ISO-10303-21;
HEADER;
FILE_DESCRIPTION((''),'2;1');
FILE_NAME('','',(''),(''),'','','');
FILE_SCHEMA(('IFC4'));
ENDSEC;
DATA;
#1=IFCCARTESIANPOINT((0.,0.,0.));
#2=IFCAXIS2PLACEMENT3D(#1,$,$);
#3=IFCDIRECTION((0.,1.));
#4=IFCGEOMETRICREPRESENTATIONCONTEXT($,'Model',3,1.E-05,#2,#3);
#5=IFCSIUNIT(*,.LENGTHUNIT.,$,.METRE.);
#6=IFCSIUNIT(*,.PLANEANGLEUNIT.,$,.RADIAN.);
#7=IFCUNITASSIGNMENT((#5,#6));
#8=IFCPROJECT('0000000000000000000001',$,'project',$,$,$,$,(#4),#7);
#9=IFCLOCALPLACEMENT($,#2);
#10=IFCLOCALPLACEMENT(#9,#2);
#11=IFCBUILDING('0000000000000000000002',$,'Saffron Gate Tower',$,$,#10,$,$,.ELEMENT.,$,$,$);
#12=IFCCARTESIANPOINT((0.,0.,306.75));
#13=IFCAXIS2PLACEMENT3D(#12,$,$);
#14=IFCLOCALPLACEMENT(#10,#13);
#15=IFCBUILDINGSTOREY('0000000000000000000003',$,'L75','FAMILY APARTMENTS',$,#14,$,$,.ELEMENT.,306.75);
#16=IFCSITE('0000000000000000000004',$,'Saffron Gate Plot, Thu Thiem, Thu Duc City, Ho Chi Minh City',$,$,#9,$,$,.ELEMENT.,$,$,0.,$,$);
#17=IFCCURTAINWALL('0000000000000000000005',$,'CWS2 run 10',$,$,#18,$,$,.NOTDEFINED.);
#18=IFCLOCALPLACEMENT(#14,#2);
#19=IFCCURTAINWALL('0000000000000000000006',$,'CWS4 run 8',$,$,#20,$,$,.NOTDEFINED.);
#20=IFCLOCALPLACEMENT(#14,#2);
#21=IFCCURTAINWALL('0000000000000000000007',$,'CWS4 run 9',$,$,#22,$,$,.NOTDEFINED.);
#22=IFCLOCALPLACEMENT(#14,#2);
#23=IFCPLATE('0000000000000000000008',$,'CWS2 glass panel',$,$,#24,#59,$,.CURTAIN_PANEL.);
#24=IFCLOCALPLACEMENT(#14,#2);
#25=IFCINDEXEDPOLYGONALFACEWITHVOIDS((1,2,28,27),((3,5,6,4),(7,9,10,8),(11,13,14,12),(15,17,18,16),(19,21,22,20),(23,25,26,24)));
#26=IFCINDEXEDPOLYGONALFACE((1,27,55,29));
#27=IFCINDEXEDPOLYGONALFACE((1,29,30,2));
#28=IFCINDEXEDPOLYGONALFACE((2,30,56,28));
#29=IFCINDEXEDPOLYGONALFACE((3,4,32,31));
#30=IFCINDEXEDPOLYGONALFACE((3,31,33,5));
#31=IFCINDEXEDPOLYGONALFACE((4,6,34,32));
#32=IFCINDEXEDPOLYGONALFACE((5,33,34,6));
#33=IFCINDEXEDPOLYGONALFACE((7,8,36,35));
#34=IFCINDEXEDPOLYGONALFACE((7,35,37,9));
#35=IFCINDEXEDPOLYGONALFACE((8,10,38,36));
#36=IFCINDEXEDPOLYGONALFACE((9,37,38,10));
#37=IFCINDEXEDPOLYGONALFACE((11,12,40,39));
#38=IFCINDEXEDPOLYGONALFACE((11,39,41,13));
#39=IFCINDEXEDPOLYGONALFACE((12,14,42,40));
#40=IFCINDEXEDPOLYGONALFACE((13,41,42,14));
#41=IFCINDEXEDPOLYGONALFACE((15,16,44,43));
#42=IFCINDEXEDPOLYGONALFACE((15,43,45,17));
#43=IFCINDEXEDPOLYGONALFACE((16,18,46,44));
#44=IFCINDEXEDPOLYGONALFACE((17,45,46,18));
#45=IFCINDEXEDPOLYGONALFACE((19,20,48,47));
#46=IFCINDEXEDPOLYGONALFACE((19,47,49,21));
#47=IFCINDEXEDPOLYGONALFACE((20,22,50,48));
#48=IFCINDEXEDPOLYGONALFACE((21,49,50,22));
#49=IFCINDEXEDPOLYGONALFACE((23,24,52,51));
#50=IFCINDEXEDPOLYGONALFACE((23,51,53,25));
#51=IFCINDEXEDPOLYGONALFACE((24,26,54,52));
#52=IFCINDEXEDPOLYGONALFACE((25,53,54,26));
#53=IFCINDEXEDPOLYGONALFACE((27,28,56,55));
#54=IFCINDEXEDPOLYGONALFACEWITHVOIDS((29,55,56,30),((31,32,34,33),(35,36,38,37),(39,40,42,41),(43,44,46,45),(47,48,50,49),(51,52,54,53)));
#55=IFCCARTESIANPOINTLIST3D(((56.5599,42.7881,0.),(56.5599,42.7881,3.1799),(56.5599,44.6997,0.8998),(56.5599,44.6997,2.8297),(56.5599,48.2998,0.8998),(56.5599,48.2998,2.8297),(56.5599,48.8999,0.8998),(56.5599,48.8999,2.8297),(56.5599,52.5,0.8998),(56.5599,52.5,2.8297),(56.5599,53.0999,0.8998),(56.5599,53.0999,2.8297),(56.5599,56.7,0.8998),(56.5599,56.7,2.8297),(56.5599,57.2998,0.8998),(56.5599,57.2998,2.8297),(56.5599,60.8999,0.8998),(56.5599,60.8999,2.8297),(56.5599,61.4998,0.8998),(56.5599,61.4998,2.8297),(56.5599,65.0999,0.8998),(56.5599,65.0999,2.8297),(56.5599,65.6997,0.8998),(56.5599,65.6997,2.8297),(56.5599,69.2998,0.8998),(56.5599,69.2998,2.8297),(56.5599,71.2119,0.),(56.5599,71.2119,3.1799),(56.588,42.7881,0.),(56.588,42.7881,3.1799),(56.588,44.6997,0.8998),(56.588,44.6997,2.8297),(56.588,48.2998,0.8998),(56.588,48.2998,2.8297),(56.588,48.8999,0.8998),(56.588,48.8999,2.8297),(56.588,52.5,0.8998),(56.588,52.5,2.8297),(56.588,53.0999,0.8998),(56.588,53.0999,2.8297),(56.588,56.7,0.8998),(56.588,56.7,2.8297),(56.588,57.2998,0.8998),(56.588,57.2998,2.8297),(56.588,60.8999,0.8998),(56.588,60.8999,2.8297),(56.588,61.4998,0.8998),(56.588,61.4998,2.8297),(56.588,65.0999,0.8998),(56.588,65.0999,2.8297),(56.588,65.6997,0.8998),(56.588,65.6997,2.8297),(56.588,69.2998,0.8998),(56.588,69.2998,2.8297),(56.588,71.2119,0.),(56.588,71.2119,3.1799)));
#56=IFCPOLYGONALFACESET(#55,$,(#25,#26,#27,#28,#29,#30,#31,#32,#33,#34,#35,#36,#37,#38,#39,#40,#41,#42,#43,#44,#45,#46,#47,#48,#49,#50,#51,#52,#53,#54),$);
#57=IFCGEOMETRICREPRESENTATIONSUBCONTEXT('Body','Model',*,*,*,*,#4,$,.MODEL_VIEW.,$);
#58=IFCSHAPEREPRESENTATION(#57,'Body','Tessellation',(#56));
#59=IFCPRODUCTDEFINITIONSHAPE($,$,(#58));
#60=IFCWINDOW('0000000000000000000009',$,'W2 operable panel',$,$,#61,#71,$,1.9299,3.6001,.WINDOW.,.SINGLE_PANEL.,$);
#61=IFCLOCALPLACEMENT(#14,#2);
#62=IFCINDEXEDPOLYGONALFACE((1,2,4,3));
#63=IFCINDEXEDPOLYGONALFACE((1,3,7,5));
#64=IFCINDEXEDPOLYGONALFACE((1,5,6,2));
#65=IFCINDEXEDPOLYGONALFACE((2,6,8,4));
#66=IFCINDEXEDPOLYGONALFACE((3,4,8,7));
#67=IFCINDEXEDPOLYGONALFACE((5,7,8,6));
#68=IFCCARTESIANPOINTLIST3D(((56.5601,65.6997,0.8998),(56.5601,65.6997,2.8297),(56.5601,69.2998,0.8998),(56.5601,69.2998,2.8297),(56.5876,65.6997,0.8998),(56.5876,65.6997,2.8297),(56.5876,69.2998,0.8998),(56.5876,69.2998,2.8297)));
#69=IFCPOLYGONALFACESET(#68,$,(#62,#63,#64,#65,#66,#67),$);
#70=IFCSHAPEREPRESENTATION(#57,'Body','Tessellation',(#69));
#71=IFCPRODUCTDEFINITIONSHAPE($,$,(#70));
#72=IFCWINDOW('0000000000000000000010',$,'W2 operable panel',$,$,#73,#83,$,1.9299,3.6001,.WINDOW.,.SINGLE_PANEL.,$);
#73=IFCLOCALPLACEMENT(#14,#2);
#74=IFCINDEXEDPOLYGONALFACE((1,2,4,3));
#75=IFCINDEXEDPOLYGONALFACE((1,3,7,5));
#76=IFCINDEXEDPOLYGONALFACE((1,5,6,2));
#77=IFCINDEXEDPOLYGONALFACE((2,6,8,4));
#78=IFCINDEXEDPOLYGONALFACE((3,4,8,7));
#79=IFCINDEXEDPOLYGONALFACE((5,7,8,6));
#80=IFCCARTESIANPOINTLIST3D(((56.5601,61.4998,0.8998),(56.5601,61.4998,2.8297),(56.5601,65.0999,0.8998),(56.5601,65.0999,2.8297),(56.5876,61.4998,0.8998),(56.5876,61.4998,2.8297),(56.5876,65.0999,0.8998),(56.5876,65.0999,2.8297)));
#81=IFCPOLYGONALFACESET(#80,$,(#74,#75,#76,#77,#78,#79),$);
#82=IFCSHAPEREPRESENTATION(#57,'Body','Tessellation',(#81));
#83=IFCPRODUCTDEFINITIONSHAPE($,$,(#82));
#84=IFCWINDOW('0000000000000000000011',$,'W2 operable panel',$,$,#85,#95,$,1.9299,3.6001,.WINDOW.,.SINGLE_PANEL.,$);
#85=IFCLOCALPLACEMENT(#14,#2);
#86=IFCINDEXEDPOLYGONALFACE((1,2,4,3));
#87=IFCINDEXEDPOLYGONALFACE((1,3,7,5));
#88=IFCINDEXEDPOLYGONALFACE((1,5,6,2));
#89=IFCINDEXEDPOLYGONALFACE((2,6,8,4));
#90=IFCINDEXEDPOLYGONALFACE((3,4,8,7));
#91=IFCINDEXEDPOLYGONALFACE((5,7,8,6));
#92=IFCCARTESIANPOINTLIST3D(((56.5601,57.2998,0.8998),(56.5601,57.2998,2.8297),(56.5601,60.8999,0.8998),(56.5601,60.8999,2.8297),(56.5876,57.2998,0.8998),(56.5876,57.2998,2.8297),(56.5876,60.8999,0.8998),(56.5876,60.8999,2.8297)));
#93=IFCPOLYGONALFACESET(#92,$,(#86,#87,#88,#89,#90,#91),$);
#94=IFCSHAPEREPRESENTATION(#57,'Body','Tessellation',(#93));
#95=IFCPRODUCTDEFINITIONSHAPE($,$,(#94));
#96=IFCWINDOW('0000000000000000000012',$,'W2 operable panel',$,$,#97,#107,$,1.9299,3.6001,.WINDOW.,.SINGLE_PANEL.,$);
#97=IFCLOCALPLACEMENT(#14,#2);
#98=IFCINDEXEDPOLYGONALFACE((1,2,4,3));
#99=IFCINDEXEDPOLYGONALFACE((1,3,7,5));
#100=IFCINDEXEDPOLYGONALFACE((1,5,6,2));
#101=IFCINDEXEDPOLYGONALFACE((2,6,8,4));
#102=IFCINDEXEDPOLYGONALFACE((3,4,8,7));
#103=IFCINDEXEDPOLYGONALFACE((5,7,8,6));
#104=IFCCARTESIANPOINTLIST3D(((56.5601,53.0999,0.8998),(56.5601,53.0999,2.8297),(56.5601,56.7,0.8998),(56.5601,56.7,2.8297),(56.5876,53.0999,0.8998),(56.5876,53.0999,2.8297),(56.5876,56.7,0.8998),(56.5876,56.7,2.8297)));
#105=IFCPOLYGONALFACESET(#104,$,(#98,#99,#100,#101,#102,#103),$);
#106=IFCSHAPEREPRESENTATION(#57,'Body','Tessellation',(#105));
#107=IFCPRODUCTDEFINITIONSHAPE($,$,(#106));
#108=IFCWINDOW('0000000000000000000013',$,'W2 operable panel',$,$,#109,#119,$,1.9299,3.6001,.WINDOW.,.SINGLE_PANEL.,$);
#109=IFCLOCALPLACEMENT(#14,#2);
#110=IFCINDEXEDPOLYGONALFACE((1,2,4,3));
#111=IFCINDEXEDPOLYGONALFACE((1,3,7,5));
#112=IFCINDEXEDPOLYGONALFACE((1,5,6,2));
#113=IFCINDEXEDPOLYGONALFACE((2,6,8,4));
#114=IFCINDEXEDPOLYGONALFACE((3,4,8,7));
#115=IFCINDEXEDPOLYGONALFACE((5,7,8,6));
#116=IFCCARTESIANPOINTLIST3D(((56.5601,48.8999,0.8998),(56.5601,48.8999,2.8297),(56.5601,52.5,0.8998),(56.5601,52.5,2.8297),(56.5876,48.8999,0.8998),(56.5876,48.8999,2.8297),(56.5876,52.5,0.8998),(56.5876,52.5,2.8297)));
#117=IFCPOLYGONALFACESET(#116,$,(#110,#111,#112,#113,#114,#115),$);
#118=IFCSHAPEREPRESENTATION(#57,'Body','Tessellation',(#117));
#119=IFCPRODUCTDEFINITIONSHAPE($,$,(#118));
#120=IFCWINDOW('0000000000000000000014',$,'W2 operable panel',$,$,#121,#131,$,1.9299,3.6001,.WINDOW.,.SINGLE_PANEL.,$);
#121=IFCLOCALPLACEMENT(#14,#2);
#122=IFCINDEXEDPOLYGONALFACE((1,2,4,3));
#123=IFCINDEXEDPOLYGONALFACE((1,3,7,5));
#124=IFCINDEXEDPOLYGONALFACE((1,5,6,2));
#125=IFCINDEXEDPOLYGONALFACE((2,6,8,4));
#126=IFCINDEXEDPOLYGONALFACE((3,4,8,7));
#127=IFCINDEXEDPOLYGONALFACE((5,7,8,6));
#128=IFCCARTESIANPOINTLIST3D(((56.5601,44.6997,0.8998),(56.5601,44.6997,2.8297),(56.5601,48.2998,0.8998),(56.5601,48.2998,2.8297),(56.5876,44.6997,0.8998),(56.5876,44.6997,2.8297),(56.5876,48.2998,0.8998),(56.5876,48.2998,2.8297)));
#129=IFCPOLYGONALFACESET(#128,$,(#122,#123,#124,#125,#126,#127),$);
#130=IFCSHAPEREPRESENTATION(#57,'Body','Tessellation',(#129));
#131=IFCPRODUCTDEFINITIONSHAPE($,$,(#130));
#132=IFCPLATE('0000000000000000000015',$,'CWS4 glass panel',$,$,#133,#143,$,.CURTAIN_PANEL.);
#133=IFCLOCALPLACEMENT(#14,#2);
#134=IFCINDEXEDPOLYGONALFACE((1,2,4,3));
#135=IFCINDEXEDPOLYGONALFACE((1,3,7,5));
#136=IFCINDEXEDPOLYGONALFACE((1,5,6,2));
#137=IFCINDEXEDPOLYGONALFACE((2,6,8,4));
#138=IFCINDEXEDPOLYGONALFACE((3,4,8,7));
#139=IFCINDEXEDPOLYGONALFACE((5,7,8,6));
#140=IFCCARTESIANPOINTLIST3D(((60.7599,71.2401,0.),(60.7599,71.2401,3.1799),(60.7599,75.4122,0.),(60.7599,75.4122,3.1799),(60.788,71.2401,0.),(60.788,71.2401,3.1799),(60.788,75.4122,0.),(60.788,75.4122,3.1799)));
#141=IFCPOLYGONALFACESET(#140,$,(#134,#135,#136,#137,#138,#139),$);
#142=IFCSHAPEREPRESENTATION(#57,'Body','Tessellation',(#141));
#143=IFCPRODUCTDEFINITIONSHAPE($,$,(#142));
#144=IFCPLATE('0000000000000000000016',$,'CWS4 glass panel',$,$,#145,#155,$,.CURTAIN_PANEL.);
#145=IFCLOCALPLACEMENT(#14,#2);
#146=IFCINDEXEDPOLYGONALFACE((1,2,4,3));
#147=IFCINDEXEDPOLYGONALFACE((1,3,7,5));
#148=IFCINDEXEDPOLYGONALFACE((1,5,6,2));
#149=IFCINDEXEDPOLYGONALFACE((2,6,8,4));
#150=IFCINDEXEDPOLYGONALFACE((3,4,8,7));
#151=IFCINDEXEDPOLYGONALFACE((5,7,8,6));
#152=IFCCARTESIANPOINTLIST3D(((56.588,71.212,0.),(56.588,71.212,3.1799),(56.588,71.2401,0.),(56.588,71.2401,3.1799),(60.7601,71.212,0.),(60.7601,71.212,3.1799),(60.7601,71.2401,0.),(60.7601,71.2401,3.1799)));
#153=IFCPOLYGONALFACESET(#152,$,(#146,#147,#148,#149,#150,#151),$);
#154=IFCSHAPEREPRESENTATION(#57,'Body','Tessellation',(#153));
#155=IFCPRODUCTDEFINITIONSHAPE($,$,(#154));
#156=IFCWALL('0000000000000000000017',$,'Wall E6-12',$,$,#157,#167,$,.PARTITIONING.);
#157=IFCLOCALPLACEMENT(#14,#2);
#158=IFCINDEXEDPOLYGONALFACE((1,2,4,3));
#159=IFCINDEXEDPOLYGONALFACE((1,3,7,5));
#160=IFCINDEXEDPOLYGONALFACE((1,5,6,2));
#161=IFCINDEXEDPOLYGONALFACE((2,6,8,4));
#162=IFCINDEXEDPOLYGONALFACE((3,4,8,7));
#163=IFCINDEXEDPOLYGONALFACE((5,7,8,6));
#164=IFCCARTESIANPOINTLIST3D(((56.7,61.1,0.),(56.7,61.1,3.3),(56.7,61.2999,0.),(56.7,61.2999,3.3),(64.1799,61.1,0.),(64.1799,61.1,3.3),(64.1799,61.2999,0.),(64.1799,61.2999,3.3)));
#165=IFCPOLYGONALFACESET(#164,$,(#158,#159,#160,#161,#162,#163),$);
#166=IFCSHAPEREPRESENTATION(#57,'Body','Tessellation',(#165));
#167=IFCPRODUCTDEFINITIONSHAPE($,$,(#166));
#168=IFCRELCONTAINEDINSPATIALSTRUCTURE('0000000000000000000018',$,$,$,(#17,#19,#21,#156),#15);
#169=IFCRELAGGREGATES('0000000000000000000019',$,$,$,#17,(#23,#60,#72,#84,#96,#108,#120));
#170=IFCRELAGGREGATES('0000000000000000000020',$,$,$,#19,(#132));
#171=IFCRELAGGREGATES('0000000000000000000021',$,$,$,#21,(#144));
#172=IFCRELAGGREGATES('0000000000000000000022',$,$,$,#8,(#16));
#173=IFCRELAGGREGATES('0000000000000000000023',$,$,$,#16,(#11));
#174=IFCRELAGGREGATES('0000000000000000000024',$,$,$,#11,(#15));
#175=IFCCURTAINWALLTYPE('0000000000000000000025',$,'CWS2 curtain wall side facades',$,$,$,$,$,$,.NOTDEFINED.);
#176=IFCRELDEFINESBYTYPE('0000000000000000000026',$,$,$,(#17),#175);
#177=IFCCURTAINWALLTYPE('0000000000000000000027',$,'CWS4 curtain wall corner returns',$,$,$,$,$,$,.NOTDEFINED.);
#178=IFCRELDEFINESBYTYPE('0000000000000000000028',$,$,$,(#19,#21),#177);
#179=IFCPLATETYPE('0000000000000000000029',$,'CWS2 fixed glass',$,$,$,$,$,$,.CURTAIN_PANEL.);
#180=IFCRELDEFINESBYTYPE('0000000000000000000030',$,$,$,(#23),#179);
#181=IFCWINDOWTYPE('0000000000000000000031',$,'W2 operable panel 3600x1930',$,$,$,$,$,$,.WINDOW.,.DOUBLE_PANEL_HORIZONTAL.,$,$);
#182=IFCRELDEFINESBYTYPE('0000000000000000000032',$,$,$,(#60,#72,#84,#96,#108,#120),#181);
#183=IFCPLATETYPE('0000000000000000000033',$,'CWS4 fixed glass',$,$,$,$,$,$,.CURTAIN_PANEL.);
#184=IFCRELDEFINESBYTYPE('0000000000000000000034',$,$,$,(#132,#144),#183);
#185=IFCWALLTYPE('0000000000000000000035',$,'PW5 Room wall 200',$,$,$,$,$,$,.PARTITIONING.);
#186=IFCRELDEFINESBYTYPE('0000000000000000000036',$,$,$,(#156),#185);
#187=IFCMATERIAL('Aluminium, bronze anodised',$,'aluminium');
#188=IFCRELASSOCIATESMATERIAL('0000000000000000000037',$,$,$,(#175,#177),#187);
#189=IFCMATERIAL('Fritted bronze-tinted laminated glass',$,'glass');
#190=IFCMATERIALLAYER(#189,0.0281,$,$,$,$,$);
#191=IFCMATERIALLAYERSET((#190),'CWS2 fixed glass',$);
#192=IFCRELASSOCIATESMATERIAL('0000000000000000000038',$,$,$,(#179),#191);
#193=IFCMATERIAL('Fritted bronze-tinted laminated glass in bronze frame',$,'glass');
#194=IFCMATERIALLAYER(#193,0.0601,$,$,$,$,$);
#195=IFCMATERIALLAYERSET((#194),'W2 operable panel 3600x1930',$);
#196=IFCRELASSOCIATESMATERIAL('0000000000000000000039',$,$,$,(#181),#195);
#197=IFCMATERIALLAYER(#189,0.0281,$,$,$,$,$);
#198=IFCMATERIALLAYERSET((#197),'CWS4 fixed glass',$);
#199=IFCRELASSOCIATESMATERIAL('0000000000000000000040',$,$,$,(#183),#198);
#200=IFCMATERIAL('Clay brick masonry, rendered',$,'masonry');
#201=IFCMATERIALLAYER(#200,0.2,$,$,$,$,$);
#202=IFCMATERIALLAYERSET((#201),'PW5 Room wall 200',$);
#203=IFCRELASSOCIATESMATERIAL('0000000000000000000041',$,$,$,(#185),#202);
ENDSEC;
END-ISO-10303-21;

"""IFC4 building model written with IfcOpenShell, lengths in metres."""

from ifc_helpers import new_model, si_unit, direction, frame, frame_2d, origin, place, context, subcontext, project, spatial, rectangle, extrude, material, layer, layer_set, type_object, element, fill, aggregate, save


model = new_model("IFC4")

# Units and contexts
model_context = context("Model", 3, precision=1e-05, world=origin(), true_north=direction((0.0, 1.0)))
body_context = subcontext(model_context, "Body", "Model", "MODEL_VIEW")
ifc_project = project(units=[si_unit("LENGTHUNIT", "METRE"), si_unit("PLANEANGLEUNIT", "RADIAN")], contexts=[model_context])

# Site, building, storey
site_placement = place(None, origin())
site = spatial("IfcSite", under=ifc_project, at=site_placement, Name="Saffron Gate Plot, Thu Thiem, Thu Duc City, Ho Chi Minh City", CompositionType="ELEMENT", RefElevation=0.0)
building_placement = place(site_placement, origin())
building = spatial("IfcBuilding", under=site, at=building_placement, Name="Saffron Gate Tower", CompositionType="ELEMENT")
storey_placement = place(building_placement, frame((0.0, 0.0, 306.75)))
storey = spatial("IfcBuildingStorey", under=building, at=storey_placement, Name="L75", Description="FAMILY APARTMENTS", CompositionType="ELEMENT", Elevation=306.75)

# Curtain wall
ifc_material_1 = material(Name="Aluminium, bronze anodised", Category="aluminium")
curtain_wall_type_1 = type_object("IfcCurtainWallType", Name="CWS2 curtain wall side facades", PredefinedType="NOTDEFINED", material=ifc_material_1)
curtain_wall_1_placement = place(storey_placement, origin())
curtain_wall_1 = element("IfcCurtainWall", 1, at=curtain_wall_1_placement, inside=storey, type_object=curtain_wall_type_1, Name="CWS2 run 10", PredefinedType="NOTDEFINED")

# Curtain walls
curtain_wall_type_2 = type_object("IfcCurtainWallType", Name="CWS4 curtain wall corner returns", PredefinedType="NOTDEFINED", material=ifc_material_1)
curtain_wall_2_placement = place(storey_placement, origin())
curtain_wall_2 = element("IfcCurtainWall", 2, at=curtain_wall_2_placement, inside=storey, type_object=curtain_wall_type_2, Name="CWS4 run 8", PredefinedType="NOTDEFINED")
curtain_wall_3_placement = place(storey_placement, origin())
curtain_wall_3 = element("IfcCurtainWall", 3, at=curtain_wall_3_placement, inside=storey, type_object=curtain_wall_type_2, Name="CWS4 run 9", PredefinedType="NOTDEFINED")

# Plate, openings, windows
ifc_material_2 = material(Name="Fritted bronze-tinted laminated glass", Category="glass")
ifc_layer_1 = layer(ifc_material_2, 0.0281)
ifc_layer_set_1 = layer_set([ifc_layer_1], Name="CWS2 fixed glass")
plate_type_1 = type_object("IfcPlateType", Name="CWS2 fixed glass", PredefinedType="CURTAIN_PANEL", material=ifc_layer_set_1)
plate_1_placement = place(storey_placement, frame((56.574, 71.2119, 0.0), z_axis=(0.0, 0.0, 1.0), x_axis=(0.0, -1.0, 0.0)))
plate_1 = element("IfcPlate", 4, at=plate_1_placement, type_object=plate_type_1, Name="CWS2 glass panel", PredefinedType="CURTAIN_PANEL", context=body_context, shape_type="SweptSolid", body=[
    extrude(rectangle(XDim=28.4238, YDim=0.0281, at=frame_2d((14.2119, 0.0))), origin(), (0.0, 0.0, 1.0), 3.1799),
])
opening_1_placement = place(plate_1_placement, frame((1.9121, 0.0, 0.8999)))
opening_1 = element("IfcOpeningElement", 5, at=opening_1_placement, cuts=plate_1, PredefinedType="OPENING", context=body_context, shape_type="SweptSolid", body=[
    extrude(rectangle(XDim=3.6001, YDim=1.9299, at=frame_2d((1.8, 0.9648))), frame((0.0, 0.0239, 0.0), z_axis=(0.0, -1.0, 0.0), x_axis=(1.0, 0.0, 0.0)), (0.0, 0.0, 1.0), 0.0481),
])
opening_2_placement = place(plate_1_placement, frame((6.1121, 0.0, 0.8999)))
opening_2 = element("IfcOpeningElement", 6, at=opening_2_placement, cuts=plate_1, PredefinedType="OPENING", context=body_context, shape_type="SweptSolid", body=[
    extrude(rectangle(XDim=3.6001, YDim=1.9299, at=frame_2d((1.8, 0.9648))), frame((0.0, 0.0239, 0.0), z_axis=(0.0, -1.0, 0.0), x_axis=(1.0, 0.0, 0.0)), (0.0, 0.0, 1.0), 0.0481),
])
opening_3_placement = place(plate_1_placement, frame((10.312, 0.0, 0.8999)))
opening_3 = element("IfcOpeningElement", 7, at=opening_3_placement, cuts=plate_1, PredefinedType="OPENING", context=body_context, shape_type="SweptSolid", body=[
    extrude(rectangle(XDim=3.6001, YDim=1.9299, at=frame_2d((1.8, 0.9648))), frame((0.0, 0.0239, 0.0), z_axis=(0.0, -1.0, 0.0), x_axis=(1.0, 0.0, 0.0)), (0.0, 0.0, 1.0), 0.0481),
])
opening_4_placement = place(plate_1_placement, frame((14.512, 0.0, 0.8999)))
opening_4 = element("IfcOpeningElement", 8, at=opening_4_placement, cuts=plate_1, PredefinedType="OPENING", context=body_context, shape_type="SweptSolid", body=[
    extrude(rectangle(XDim=3.6001, YDim=1.9299, at=frame_2d((1.8, 0.9648))), frame((0.0, 0.0239, 0.0), z_axis=(0.0, -1.0, 0.0), x_axis=(1.0, 0.0, 0.0)), (0.0, 0.0, 1.0), 0.0481),
])
opening_5_placement = place(plate_1_placement, frame((18.7119, 0.0, 0.8999)))
opening_5 = element("IfcOpeningElement", 9, at=opening_5_placement, cuts=plate_1, PredefinedType="OPENING", context=body_context, shape_type="SweptSolid", body=[
    extrude(rectangle(XDim=3.6001, YDim=1.9299, at=frame_2d((1.8, 0.9648))), frame((0.0, 0.0239, 0.0), z_axis=(0.0, -1.0, 0.0), x_axis=(1.0, 0.0, 0.0)), (0.0, 0.0, 1.0), 0.0481),
])
opening_6_placement = place(plate_1_placement, frame((22.9121, 0.0, 0.8999)))
opening_6 = element("IfcOpeningElement", 10, at=opening_6_placement, cuts=plate_1, PredefinedType="OPENING", context=body_context, shape_type="SweptSolid", body=[
    extrude(rectangle(XDim=3.6001, YDim=1.9299, at=frame_2d((1.8, 0.9648))), frame((0.0, 0.0239, 0.0), z_axis=(0.0, -1.0, 0.0), x_axis=(1.0, 0.0, 0.0)), (0.0, 0.0, 1.0), 0.0481),
])
ifc_material_3 = material(Name="Fritted bronze-tinted laminated glass in bronze frame", Category="glass")
ifc_layer_2 = layer(ifc_material_3, 0.0601)
ifc_layer_set_2 = layer_set([ifc_layer_2], Name="W2 operable panel 3600x1930")
window_type = type_object("IfcWindowType", Name="W2 operable panel 3600x1930", PartitioningType="DOUBLE_PANEL_HORIZONTAL", PredefinedType="WINDOW", material=ifc_layer_set_2)
window_1_placement = place(opening_1_placement, origin())
window_1 = element("IfcWindow", 11, at=window_1_placement, type_object=window_type, Name="W2 operable panel", OverallHeight=1.9299, OverallWidth=3.6001, PartitioningType="SINGLE_PANEL", PredefinedType="WINDOW", context=body_context, shape_type="SweptSolid", body=[
    extrude(rectangle(XDim=3.6001, YDim=1.9299, at=frame_2d((1.8, 0.9648))), frame((0.0, 0.0137, 0.0), z_axis=(0.0, -1.0, 0.0), x_axis=(1.0, 0.0, 0.0)), (0.0, 0.0, 1.0), 0.0276),
])
fill(opening_1, window_1)
window_2_placement = place(opening_2_placement, origin())
window_2 = element("IfcWindow", 12, at=window_2_placement, type_object=window_type, Name="W2 operable panel", OverallHeight=1.9299, OverallWidth=3.6001, PartitioningType="SINGLE_PANEL", PredefinedType="WINDOW", context=body_context, shape_type="SweptSolid", body=[
    extrude(rectangle(XDim=3.6001, YDim=1.9299, at=frame_2d((1.8, 0.9648))), frame((0.0, 0.0137, 0.0), z_axis=(0.0, -1.0, 0.0), x_axis=(1.0, 0.0, 0.0)), (0.0, 0.0, 1.0), 0.0276),
])
fill(opening_2, window_2)
window_3_placement = place(opening_3_placement, origin())
window_3 = element("IfcWindow", 13, at=window_3_placement, type_object=window_type, Name="W2 operable panel", OverallHeight=1.9299, OverallWidth=3.6001, PartitioningType="SINGLE_PANEL", PredefinedType="WINDOW", context=body_context, shape_type="SweptSolid", body=[
    extrude(rectangle(XDim=3.6001, YDim=1.9299, at=frame_2d((1.8, 0.9648))), frame((0.0, 0.0137, 0.0), z_axis=(0.0, -1.0, 0.0), x_axis=(1.0, 0.0, 0.0)), (0.0, 0.0, 1.0), 0.0276),
])
fill(opening_3, window_3)
window_4_placement = place(opening_4_placement, origin())
window_4 = element("IfcWindow", 14, at=window_4_placement, type_object=window_type, Name="W2 operable panel", OverallHeight=1.9299, OverallWidth=3.6001, PartitioningType="SINGLE_PANEL", PredefinedType="WINDOW", context=body_context, shape_type="SweptSolid", body=[
    extrude(rectangle(XDim=3.6001, YDim=1.9299, at=frame_2d((1.8, 0.9648))), frame((0.0, 0.0137, 0.0), z_axis=(0.0, -1.0, 0.0), x_axis=(1.0, 0.0, 0.0)), (0.0, 0.0, 1.0), 0.0276),
])
fill(opening_4, window_4)
window_5_placement = place(opening_5_placement, origin())
window_5 = element("IfcWindow", 15, at=window_5_placement, type_object=window_type, Name="W2 operable panel", OverallHeight=1.9299, OverallWidth=3.6001, PartitioningType="SINGLE_PANEL", PredefinedType="WINDOW", context=body_context, shape_type="SweptSolid", body=[
    extrude(rectangle(XDim=3.6001, YDim=1.9299, at=frame_2d((1.8, 0.9648))), frame((0.0, 0.0137, 0.0), z_axis=(0.0, -1.0, 0.0), x_axis=(1.0, 0.0, 0.0)), (0.0, 0.0, 1.0), 0.0276),
])
fill(opening_5, window_5)
window_6_placement = place(opening_6_placement, origin())
window_6 = element("IfcWindow", 16, at=window_6_placement, type_object=window_type, Name="W2 operable panel", OverallHeight=1.9299, OverallWidth=3.6001, PartitioningType="SINGLE_PANEL", PredefinedType="WINDOW", context=body_context, shape_type="SweptSolid", body=[
    extrude(rectangle(XDim=3.6001, YDim=1.9299, at=frame_2d((1.8, 0.9648))), frame((0.0, 0.0137, 0.0), z_axis=(0.0, -1.0, 0.0), x_axis=(1.0, 0.0, 0.0)), (0.0, 0.0, 1.0), 0.0276),
])
fill(opening_6, window_6)
aggregate(curtain_wall_1, [plate_1, window_1, window_2, window_3, window_4, window_5, window_6])

# Plates
ifc_layer_3 = layer(ifc_material_2, 0.0281)
ifc_layer_set_3 = layer_set([ifc_layer_3], Name="CWS4 fixed glass")
plate_type_2 = type_object("IfcPlateType", Name="CWS4 fixed glass", PredefinedType="CURTAIN_PANEL", material=ifc_layer_set_3)
plate_2_placement = place(storey_placement, frame((60.7739, 75.4121, 0.0), z_axis=(0.0, 0.0, 1.0), x_axis=(0.0, -1.0, 0.0)))
plate_2 = element("IfcPlate", 17, at=plate_2_placement, type_object=plate_type_2, Name="CWS4 glass panel", PredefinedType="CURTAIN_PANEL", context=body_context, shape_type="SweptSolid", body=[
    extrude(rectangle(XDim=4.1721, YDim=0.0281, at=frame_2d((2.0859, 0.0))), origin(), (0.0, 0.0, 1.0), 3.1799),
])
aggregate(curtain_wall_2, [plate_2])
plate_3_placement = place(storey_placement, frame((60.76, 71.2261, 0.0), z_axis=(0.0, 0.0, 1.0), x_axis=(-1.0, 0.0, 0.0)))
plate_3 = element("IfcPlate", 18, at=plate_3_placement, type_object=plate_type_2, Name="CWS4 glass panel", PredefinedType="CURTAIN_PANEL", context=body_context, shape_type="SweptSolid", body=[
    extrude(rectangle(XDim=4.1721, YDim=0.0281, at=frame_2d((2.0859, 0.0))), origin(), (0.0, 0.0, 1.0), 3.1799),
])
aggregate(curtain_wall_3, [plate_3])

# Wall
ifc_material_4 = material(Name="Clay brick masonry, rendered", Category="masonry")
ifc_layer_4 = layer(ifc_material_4, 0.2)
ifc_layer_set_4 = layer_set([ifc_layer_4], Name="PW5 Room wall 200")
wall_type = type_object("IfcWallType", Name="PW5 Room wall 200", PredefinedType="PARTITIONING", material=ifc_layer_set_4)
wall_placement = place(storey_placement, frame((56.7, 61.2, 0.0), z_axis=(0.0, 0.0, 1.0), x_axis=(1.0, 0.0, 0.0)))
element("IfcWall", 19, at=wall_placement, inside=storey, type_object=wall_type, Name="Wall E6-12", PredefinedType="PARTITIONING", context=body_context, shape_type="SweptSolid", body=[
    extrude(rectangle(XDim=7.48, YDim=0.2, at=frame_2d((3.74, 0.0))), origin(), (0.0, 0.0, 1.0), 3.3),
])

save(model, "model.ifc")
